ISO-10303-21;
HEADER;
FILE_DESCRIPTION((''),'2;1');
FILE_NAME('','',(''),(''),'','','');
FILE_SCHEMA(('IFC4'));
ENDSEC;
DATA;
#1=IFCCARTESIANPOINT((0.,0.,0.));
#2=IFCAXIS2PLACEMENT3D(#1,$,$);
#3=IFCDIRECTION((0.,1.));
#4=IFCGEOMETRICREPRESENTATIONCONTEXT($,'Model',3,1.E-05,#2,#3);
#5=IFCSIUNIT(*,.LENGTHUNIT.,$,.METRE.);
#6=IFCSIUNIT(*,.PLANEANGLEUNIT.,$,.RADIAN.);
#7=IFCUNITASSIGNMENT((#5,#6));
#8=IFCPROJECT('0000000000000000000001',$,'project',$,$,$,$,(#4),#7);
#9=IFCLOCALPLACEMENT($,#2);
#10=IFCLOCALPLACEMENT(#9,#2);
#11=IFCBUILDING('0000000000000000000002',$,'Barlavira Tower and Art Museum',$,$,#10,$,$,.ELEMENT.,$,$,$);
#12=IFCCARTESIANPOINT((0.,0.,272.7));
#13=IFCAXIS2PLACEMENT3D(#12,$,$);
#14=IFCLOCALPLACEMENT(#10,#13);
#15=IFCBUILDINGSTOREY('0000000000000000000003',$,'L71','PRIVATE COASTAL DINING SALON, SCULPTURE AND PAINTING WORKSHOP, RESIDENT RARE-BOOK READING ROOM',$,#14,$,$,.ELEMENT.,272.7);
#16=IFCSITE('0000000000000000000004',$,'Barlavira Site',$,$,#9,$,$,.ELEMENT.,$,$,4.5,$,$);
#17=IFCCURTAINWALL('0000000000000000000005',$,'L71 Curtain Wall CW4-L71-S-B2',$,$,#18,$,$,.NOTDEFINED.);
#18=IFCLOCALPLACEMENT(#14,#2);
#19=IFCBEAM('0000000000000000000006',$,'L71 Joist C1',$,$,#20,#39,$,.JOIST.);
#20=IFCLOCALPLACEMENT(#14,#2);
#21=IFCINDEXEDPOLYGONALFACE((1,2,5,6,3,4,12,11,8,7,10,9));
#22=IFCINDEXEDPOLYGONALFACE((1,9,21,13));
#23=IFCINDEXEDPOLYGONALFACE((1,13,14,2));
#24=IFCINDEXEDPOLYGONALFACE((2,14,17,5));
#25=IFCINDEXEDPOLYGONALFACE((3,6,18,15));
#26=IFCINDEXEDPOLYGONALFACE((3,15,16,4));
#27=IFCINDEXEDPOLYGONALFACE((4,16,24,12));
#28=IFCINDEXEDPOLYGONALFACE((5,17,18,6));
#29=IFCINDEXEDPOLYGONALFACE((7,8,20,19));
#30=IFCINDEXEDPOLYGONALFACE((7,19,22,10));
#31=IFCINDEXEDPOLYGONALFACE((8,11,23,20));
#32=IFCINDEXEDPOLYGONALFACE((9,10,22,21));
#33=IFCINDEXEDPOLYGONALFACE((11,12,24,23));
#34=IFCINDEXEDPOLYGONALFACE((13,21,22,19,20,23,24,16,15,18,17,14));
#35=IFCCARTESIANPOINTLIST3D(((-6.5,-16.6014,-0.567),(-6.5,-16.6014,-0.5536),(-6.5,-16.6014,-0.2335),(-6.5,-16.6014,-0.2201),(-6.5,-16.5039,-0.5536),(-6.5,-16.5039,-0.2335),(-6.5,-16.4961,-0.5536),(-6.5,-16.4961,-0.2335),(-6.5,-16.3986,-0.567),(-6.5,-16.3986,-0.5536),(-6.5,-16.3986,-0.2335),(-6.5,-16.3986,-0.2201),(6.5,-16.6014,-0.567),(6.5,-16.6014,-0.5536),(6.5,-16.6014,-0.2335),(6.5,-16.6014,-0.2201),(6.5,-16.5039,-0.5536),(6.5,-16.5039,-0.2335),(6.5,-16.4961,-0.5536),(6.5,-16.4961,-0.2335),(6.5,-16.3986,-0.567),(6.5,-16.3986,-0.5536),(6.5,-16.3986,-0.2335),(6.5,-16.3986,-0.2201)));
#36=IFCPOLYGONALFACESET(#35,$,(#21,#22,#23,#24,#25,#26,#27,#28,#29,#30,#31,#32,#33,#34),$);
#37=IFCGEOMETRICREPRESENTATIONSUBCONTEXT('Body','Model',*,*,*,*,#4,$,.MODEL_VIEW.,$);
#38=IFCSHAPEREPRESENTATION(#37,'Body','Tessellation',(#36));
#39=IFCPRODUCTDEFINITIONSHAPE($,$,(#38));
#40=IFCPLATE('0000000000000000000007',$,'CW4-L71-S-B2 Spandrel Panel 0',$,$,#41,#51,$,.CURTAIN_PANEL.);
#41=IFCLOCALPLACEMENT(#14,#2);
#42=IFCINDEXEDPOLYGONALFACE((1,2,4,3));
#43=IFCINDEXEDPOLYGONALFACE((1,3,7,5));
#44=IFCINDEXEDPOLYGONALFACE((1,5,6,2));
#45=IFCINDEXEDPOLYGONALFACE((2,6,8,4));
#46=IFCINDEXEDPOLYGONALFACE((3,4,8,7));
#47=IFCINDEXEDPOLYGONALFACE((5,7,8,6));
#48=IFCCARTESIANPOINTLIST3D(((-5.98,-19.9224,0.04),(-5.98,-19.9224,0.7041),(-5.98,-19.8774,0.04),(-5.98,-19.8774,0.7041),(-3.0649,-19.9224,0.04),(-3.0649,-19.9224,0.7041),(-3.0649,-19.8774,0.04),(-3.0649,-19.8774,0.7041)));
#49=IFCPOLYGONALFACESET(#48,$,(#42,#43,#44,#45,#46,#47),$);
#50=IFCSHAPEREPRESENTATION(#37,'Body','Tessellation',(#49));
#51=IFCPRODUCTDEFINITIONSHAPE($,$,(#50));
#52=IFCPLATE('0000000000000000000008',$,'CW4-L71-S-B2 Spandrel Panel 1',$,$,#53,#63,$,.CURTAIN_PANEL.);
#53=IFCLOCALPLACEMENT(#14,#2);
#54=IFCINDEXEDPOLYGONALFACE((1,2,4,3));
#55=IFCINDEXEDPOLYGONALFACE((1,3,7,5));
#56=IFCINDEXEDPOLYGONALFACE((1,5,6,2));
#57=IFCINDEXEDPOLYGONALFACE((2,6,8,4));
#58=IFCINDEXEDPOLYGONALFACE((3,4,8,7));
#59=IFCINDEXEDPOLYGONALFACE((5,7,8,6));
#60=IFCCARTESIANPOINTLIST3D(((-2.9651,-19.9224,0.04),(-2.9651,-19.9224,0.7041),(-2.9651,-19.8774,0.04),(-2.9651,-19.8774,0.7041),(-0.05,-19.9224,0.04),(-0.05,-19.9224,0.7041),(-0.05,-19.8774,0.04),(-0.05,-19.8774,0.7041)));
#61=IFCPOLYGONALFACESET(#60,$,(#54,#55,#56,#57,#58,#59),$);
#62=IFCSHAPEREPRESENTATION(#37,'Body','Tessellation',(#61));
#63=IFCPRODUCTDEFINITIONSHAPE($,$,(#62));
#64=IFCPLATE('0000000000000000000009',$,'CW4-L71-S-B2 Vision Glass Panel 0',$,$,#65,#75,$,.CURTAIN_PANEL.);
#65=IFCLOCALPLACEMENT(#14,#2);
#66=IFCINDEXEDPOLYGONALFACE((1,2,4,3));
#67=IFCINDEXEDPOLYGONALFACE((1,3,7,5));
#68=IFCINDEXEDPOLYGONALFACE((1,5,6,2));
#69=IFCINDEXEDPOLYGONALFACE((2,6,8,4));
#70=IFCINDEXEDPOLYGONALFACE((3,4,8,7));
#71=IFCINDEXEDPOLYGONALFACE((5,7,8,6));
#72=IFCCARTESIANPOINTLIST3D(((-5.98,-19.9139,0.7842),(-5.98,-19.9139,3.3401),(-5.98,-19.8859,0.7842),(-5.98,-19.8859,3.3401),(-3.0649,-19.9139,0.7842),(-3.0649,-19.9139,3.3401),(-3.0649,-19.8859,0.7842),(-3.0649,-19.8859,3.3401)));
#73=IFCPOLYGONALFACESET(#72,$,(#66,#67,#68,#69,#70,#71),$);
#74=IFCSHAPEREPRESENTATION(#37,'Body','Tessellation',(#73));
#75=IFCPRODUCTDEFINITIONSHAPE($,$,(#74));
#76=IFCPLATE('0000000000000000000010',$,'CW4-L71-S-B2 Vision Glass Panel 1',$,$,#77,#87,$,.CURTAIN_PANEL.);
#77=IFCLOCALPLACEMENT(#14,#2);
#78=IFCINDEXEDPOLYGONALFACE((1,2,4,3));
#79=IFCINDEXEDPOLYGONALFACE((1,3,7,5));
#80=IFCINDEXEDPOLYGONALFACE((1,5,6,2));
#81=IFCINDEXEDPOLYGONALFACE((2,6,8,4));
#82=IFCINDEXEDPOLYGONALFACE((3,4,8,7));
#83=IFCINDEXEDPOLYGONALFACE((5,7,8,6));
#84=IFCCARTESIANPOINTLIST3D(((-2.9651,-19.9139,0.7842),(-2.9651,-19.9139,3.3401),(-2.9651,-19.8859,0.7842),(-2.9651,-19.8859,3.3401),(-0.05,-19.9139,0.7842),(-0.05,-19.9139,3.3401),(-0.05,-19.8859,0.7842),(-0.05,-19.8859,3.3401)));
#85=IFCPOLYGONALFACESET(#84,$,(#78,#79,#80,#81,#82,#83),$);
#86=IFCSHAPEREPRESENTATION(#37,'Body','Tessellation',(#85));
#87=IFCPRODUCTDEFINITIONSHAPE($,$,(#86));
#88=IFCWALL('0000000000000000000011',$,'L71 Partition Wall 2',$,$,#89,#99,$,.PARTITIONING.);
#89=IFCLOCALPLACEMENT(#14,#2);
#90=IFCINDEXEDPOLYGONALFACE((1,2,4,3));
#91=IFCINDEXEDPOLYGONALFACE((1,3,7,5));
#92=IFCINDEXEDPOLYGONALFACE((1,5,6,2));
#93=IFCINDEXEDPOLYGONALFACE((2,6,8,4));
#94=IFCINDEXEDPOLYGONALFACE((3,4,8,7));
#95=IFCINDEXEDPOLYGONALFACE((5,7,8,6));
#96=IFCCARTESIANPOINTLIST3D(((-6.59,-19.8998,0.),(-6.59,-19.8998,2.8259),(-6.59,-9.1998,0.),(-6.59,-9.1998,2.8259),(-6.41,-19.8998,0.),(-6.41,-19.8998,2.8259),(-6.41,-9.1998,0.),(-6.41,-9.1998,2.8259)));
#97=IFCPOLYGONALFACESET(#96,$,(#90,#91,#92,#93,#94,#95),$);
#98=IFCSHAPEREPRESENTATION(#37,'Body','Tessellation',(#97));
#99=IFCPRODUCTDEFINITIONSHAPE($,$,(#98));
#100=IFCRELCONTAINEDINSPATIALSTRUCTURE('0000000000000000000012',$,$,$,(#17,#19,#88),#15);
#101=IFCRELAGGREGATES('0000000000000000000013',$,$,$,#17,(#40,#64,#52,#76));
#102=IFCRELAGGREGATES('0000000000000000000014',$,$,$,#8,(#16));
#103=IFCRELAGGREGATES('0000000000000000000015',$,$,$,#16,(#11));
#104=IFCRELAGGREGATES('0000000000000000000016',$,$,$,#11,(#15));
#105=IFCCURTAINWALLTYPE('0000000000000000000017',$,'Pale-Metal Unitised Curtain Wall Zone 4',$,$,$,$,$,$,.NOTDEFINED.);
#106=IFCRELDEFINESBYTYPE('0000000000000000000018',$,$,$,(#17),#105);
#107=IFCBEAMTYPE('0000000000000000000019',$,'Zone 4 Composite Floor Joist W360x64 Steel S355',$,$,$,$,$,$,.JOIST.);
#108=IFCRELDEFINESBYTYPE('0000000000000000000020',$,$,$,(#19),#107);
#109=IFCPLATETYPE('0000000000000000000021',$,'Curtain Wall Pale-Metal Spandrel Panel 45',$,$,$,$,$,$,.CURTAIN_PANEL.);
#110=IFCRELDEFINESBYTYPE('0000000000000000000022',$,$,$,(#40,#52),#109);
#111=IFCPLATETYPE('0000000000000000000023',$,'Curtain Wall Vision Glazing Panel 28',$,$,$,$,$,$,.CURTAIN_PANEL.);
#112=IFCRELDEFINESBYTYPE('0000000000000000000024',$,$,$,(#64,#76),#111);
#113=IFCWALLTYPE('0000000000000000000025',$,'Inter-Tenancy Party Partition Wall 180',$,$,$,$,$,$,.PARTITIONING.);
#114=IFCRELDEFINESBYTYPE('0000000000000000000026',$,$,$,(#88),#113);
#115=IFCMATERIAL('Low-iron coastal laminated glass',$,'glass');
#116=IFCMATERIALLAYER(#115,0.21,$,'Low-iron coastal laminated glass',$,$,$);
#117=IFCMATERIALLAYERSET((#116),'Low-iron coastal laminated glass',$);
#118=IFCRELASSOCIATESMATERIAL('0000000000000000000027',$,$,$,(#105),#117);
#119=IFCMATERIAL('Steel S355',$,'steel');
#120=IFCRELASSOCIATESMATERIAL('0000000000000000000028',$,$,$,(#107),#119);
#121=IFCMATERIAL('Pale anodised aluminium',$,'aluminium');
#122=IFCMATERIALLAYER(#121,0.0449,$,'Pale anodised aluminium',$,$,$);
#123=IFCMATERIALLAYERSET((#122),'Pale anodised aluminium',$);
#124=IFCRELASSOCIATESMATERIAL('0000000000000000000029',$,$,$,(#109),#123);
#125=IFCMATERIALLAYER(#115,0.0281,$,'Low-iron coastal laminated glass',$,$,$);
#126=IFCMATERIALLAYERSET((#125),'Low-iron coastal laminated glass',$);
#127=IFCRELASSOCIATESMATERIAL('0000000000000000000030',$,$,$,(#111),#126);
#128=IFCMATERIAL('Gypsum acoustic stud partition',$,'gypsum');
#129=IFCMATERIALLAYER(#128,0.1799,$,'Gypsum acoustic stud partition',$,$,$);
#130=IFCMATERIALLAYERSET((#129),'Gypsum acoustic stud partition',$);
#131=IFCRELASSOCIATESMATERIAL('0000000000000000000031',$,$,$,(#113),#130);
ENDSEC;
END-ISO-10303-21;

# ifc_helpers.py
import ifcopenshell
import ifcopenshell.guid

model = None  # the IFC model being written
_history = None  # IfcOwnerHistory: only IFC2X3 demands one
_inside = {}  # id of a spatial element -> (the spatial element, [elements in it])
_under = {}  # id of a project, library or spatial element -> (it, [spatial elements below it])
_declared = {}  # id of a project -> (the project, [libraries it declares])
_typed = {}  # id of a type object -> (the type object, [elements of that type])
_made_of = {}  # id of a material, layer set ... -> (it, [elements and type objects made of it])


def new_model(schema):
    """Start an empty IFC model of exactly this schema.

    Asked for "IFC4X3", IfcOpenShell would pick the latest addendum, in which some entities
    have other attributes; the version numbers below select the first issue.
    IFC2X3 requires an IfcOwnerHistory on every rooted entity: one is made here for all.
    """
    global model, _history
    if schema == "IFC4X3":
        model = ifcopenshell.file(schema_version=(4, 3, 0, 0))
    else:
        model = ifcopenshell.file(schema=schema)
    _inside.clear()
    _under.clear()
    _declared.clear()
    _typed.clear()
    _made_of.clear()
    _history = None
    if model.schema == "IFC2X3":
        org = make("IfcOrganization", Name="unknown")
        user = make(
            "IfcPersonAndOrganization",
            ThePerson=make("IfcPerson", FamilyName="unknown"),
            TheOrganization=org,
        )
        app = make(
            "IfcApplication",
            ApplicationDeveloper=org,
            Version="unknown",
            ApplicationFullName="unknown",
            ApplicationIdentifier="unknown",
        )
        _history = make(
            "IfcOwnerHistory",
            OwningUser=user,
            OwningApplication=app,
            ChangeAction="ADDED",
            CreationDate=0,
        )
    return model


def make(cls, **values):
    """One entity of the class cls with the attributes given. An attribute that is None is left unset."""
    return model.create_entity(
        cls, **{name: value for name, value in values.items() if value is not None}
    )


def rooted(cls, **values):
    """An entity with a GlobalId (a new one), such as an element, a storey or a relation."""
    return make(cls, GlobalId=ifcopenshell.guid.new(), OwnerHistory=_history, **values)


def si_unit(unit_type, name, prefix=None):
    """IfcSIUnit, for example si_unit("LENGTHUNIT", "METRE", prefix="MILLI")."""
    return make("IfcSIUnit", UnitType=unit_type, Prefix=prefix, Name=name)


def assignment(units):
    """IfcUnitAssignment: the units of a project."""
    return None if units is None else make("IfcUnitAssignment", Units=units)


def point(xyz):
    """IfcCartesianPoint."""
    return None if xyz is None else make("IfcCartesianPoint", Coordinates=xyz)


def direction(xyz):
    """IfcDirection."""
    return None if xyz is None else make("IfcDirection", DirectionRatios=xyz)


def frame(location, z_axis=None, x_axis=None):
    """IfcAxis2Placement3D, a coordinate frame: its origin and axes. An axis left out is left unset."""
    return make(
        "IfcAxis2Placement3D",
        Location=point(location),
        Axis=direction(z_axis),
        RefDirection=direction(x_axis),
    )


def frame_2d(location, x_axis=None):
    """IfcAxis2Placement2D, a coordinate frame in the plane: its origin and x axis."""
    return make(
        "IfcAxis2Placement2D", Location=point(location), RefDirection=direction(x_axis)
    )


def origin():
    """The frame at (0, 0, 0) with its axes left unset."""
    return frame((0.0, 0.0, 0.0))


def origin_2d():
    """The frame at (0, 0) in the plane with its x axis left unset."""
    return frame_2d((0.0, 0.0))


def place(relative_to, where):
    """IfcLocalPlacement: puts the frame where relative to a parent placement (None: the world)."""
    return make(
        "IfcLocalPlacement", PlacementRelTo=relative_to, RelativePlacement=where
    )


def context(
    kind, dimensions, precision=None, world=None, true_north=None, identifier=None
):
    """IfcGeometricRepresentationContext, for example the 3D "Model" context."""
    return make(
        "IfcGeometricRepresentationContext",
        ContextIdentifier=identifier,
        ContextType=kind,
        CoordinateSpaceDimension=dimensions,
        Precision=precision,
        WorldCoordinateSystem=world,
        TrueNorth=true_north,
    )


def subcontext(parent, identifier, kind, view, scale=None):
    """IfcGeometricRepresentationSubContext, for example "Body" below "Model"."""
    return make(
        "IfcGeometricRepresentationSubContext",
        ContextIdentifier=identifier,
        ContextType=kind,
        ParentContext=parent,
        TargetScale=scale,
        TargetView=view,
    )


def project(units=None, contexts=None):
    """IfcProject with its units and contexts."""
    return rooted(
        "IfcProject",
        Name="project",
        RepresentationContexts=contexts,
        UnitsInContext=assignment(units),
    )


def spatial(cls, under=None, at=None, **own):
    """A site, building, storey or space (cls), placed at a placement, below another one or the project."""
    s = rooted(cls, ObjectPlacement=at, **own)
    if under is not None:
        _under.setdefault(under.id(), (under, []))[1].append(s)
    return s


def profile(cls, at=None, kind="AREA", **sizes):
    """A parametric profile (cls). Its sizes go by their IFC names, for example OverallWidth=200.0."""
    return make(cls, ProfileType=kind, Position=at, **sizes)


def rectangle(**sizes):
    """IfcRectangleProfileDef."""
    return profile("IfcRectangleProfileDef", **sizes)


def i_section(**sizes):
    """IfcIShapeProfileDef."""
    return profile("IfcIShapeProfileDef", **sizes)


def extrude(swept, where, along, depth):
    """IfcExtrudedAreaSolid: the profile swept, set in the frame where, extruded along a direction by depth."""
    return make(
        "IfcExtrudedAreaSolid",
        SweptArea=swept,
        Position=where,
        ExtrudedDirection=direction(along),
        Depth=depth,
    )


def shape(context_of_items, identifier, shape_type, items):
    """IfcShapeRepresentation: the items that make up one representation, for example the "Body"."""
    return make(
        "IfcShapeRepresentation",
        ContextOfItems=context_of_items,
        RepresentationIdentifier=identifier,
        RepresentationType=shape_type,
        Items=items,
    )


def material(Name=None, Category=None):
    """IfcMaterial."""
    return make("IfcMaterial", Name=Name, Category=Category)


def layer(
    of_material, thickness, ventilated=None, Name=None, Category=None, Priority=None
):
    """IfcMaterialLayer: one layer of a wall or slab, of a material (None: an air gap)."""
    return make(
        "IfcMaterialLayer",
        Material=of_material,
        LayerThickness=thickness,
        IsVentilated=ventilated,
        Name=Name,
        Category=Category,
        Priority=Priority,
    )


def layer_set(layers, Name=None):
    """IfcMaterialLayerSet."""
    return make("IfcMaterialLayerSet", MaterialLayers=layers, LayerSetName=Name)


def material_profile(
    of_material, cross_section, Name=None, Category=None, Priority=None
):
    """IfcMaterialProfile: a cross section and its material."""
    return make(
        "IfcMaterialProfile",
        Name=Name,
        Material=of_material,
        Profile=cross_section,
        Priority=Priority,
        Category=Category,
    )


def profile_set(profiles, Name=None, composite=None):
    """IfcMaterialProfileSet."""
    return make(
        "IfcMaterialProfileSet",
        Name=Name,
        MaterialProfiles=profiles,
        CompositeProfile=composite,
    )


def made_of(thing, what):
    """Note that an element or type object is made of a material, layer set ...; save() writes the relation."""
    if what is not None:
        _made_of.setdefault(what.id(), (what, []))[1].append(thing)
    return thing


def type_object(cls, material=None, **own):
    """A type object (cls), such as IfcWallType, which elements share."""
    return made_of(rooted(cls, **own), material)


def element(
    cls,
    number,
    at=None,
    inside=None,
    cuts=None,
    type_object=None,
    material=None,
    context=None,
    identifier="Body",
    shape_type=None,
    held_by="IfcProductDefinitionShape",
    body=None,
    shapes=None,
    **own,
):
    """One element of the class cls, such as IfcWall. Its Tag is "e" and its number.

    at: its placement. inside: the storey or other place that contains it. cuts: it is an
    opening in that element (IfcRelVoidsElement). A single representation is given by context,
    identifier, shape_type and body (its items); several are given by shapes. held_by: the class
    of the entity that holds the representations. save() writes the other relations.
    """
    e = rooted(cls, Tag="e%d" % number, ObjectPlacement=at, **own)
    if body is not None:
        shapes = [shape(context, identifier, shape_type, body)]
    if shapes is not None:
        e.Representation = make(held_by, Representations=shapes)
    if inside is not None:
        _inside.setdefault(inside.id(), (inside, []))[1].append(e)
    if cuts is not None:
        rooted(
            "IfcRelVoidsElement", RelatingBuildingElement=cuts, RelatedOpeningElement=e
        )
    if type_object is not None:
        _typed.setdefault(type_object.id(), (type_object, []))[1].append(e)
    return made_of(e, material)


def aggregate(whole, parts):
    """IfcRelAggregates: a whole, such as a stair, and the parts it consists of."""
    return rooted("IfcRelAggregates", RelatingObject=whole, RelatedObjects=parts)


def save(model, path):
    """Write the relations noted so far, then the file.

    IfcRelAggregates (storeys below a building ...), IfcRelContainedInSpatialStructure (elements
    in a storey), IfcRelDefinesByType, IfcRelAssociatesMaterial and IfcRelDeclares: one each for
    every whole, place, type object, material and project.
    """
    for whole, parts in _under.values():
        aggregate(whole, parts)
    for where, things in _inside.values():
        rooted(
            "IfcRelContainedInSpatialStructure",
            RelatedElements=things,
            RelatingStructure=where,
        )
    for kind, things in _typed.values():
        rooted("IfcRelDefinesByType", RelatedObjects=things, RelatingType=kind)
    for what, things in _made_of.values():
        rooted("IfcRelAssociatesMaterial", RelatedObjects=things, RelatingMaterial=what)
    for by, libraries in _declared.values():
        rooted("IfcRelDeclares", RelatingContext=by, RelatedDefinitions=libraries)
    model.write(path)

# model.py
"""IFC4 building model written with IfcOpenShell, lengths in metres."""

from ifc_helpers import new_model, si_unit, direction, frame, frame_2d, origin, origin_2d, place, context, subcontext, project, spatial, rectangle, i_section, extrude, material, layer, layer_set, material_profile, profile_set, type_object, element, aggregate, save


model = new_model("IFC4")

# Units and contexts
model_context = context("Model", 3, precision=1e-05, world=origin(), true_north=direction((0.0, 1.0)))
body_context = subcontext(model_context, "Body", "Model", "MODEL_VIEW")
ifc_project = project(units=[si_unit("LENGTHUNIT", "METRE"), si_unit("PLANEANGLEUNIT", "RADIAN")], contexts=[model_context])

# Site, building, storey
site_placement = place(None, origin())
site = spatial("IfcSite", under=ifc_project, at=site_placement, Name="Barlavira Site", CompositionType="ELEMENT", RefElevation=4.5)
building_placement = place(site_placement, origin())
building = spatial("IfcBuilding", under=site, at=building_placement, Name="Barlavira Tower and Art Museum", CompositionType="ELEMENT")
storey_placement = place(building_placement, frame((0.0, 0.0, 272.7)))
storey = spatial("IfcBuildingStorey", under=building, at=storey_placement, Name="L71", Description="PRIVATE COASTAL DINING SALON, SCULPTURE AND PAINTING WORKSHOP, RESIDENT RARE-BOOK READING ROOM", CompositionType="ELEMENT", Elevation=272.7)

# Curtain wall
ifc_material_1 = material(Name="Low-iron coastal laminated glass", Category="glass")
ifc_layer_1 = layer(ifc_material_1, 0.21, Name="Low-iron coastal laminated glass")
ifc_layer_set_1 = layer_set([ifc_layer_1], Name="Low-iron coastal laminated glass")
curtain_wall_type = type_object("IfcCurtainWallType", Name="Pale-Metal Unitised Curtain Wall Zone 4", PredefinedType="NOTDEFINED", material=ifc_layer_set_1)
curtain_wall_placement = place(storey_placement, origin())
curtain_wall = element("IfcCurtainWall", 1, at=curtain_wall_placement, inside=storey, type_object=curtain_wall_type, Name="L71 Curtain Wall CW4-L71-S-B2", PredefinedType="NOTDEFINED")
ifc_material_2 = material(Name="Pale anodised aluminium", Category="aluminium")

# Shared definitions
ifc_material_3 = material(Name="Steel S355", Category="steel")

# Beam
ifc_material_profile_1 = material_profile(ifc_material_3, i_section(OverallWidth=0.2029, OverallDepth=0.3469, WebThickness=0.0078, FlangeThickness=0.0134, at=origin_2d()), Name="W360x64.0")
ifc_profile_set_1 = profile_set([ifc_material_profile_1], Name="Steel S355")
beam_type_1 = type_object("IfcBeamType", Name="Zone 4 Composite Floor Joist W360x64 Steel S355", PredefinedType="JOIST", material=ifc_profile_set_1)
beam_1_placement = place(storey_placement, frame((-6.5, -16.5, -0.3936), z_axis=(1.0, 0.0, 0.0), x_axis=(0.0, 1.0, 0.0)))
element("IfcBeam", 2, at=beam_1_placement, inside=storey, type_object=beam_type_1, Name="L71 Joist C1", PredefinedType="JOIST", context=body_context, shape_type="SweptSolid", body=[
    extrude(i_section(OverallWidth=0.2029, OverallDepth=0.3469, WebThickness=0.0078, FlangeThickness=0.0134, at=origin_2d()), origin(), (0.0, 0.0, 1.0), 13.0),
])

# Plates
ifc_layer_2 = layer(ifc_material_2, 0.0449, Name="Pale anodised aluminium")
ifc_layer_set_2 = layer_set([ifc_layer_2], Name="Pale anodised aluminium")
plate_type_1 = type_object("IfcPlateType", Name="Curtain Wall Pale-Metal Spandrel Panel 45", PredefinedType="CURTAIN_PANEL", material=ifc_layer_set_2)
plate_1_placement = place(storey_placement, frame((-4.5225, -19.8999, 0.04), z_axis=(0.0, 0.0, 1.0), x_axis=(1.0, 0.0, 0.0)))
plate_1 = element("IfcPlate", 3, at=plate_1_placement, type_object=plate_type_1, Name="CW4-L71-S-B2 Spandrel Panel 0", PredefinedType="CURTAIN_PANEL", context=body_context, shape_type="SweptSolid", body=[
    extrude(rectangle(XDim=2.915, YDim=0.0449, at=origin_2d()), origin(), (0.0, 0.0, 1.0), 0.6641),
])
plate_2_placement = place(storey_placement, frame((-1.5076, -19.8999, 0.04), z_axis=(0.0, 0.0, 1.0), x_axis=(1.0, 0.0, 0.0)))
plate_2 = element("IfcPlate", 4, at=plate_2_placement, type_object=plate_type_1, Name="CW4-L71-S-B2 Spandrel Panel 1", PredefinedType="CURTAIN_PANEL", context=body_context, shape_type="SweptSolid", body=[
    extrude(rectangle(XDim=2.915, YDim=0.0449, at=origin_2d()), origin(), (0.0, 0.0, 1.0), 0.6641),
])
ifc_layer_3 = layer(ifc_material_1, 0.0281, Name="Low-iron coastal laminated glass")
ifc_layer_set_3 = layer_set([ifc_layer_3], Name="Low-iron coastal laminated glass")
plate_type_2 = type_object("IfcPlateType", Name="Curtain Wall Vision Glazing Panel 28", PredefinedType="CURTAIN_PANEL", material=ifc_layer_set_3)
plate_3_placement = place(storey_placement, frame((-4.5225, -19.8999, 0.7842), z_axis=(0.0, 0.0, 1.0), x_axis=(1.0, 0.0, 0.0)))
plate_3 = element("IfcPlate", 5, at=plate_3_placement, type_object=plate_type_2, Name="CW4-L71-S-B2 Vision Glass Panel 0", PredefinedType="CURTAIN_PANEL", context=body_context, shape_type="SweptSolid", body=[
    extrude(rectangle(XDim=2.915, YDim=0.0281, at=origin_2d()), origin(), (0.0, 0.0, 1.0), 2.5559),
])
plate_4_placement = place(storey_placement, frame((-1.5076, -19.8999, 0.7842), z_axis=(0.0, 0.0, 1.0), x_axis=(1.0, 0.0, 0.0)))
plate_4 = element("IfcPlate", 6, at=plate_4_placement, type_object=plate_type_2, Name="CW4-L71-S-B2 Vision Glass Panel 1", PredefinedType="CURTAIN_PANEL", context=body_context, shape_type="SweptSolid", body=[
    extrude(rectangle(XDim=2.915, YDim=0.0281, at=origin_2d()), origin(), (0.0, 0.0, 1.0), 2.5559),
])
aggregate(curtain_wall, [plate_1, plate_3, plate_2, plate_4])

# Wall
ifc_material_4 = material(Name="Gypsum acoustic stud partition", Category="gypsum")
ifc_layer_4 = layer(ifc_material_4, 0.1799, Name="Gypsum acoustic stud partition")
ifc_layer_set_4 = layer_set([ifc_layer_4], Name="Gypsum acoustic stud partition")
wall_type = type_object("IfcWallType", Name="Inter-Tenancy Party Partition Wall 180", PredefinedType="PARTITIONING", material=ifc_layer_set_4)
wall_placement = place(storey_placement, frame((-6.5, -19.8999, 0.0), z_axis=(0.0, 0.0, 1.0), x_axis=(0.0, 1.0, 0.0)))
element("IfcWall", 7, at=wall_placement, inside=storey, type_object=wall_type, Name="L71 Partition Wall 2", PredefinedType="PARTITIONING", context=body_context, shape_type="SweptSolid", body=[
    extrude(rectangle(XDim=10.7, YDim=0.1799, at=frame_2d((5.3501, 0.0))), origin(), (0.0, 0.0, 1.0), 2.8259),
])

save(model, "model.ifc")
